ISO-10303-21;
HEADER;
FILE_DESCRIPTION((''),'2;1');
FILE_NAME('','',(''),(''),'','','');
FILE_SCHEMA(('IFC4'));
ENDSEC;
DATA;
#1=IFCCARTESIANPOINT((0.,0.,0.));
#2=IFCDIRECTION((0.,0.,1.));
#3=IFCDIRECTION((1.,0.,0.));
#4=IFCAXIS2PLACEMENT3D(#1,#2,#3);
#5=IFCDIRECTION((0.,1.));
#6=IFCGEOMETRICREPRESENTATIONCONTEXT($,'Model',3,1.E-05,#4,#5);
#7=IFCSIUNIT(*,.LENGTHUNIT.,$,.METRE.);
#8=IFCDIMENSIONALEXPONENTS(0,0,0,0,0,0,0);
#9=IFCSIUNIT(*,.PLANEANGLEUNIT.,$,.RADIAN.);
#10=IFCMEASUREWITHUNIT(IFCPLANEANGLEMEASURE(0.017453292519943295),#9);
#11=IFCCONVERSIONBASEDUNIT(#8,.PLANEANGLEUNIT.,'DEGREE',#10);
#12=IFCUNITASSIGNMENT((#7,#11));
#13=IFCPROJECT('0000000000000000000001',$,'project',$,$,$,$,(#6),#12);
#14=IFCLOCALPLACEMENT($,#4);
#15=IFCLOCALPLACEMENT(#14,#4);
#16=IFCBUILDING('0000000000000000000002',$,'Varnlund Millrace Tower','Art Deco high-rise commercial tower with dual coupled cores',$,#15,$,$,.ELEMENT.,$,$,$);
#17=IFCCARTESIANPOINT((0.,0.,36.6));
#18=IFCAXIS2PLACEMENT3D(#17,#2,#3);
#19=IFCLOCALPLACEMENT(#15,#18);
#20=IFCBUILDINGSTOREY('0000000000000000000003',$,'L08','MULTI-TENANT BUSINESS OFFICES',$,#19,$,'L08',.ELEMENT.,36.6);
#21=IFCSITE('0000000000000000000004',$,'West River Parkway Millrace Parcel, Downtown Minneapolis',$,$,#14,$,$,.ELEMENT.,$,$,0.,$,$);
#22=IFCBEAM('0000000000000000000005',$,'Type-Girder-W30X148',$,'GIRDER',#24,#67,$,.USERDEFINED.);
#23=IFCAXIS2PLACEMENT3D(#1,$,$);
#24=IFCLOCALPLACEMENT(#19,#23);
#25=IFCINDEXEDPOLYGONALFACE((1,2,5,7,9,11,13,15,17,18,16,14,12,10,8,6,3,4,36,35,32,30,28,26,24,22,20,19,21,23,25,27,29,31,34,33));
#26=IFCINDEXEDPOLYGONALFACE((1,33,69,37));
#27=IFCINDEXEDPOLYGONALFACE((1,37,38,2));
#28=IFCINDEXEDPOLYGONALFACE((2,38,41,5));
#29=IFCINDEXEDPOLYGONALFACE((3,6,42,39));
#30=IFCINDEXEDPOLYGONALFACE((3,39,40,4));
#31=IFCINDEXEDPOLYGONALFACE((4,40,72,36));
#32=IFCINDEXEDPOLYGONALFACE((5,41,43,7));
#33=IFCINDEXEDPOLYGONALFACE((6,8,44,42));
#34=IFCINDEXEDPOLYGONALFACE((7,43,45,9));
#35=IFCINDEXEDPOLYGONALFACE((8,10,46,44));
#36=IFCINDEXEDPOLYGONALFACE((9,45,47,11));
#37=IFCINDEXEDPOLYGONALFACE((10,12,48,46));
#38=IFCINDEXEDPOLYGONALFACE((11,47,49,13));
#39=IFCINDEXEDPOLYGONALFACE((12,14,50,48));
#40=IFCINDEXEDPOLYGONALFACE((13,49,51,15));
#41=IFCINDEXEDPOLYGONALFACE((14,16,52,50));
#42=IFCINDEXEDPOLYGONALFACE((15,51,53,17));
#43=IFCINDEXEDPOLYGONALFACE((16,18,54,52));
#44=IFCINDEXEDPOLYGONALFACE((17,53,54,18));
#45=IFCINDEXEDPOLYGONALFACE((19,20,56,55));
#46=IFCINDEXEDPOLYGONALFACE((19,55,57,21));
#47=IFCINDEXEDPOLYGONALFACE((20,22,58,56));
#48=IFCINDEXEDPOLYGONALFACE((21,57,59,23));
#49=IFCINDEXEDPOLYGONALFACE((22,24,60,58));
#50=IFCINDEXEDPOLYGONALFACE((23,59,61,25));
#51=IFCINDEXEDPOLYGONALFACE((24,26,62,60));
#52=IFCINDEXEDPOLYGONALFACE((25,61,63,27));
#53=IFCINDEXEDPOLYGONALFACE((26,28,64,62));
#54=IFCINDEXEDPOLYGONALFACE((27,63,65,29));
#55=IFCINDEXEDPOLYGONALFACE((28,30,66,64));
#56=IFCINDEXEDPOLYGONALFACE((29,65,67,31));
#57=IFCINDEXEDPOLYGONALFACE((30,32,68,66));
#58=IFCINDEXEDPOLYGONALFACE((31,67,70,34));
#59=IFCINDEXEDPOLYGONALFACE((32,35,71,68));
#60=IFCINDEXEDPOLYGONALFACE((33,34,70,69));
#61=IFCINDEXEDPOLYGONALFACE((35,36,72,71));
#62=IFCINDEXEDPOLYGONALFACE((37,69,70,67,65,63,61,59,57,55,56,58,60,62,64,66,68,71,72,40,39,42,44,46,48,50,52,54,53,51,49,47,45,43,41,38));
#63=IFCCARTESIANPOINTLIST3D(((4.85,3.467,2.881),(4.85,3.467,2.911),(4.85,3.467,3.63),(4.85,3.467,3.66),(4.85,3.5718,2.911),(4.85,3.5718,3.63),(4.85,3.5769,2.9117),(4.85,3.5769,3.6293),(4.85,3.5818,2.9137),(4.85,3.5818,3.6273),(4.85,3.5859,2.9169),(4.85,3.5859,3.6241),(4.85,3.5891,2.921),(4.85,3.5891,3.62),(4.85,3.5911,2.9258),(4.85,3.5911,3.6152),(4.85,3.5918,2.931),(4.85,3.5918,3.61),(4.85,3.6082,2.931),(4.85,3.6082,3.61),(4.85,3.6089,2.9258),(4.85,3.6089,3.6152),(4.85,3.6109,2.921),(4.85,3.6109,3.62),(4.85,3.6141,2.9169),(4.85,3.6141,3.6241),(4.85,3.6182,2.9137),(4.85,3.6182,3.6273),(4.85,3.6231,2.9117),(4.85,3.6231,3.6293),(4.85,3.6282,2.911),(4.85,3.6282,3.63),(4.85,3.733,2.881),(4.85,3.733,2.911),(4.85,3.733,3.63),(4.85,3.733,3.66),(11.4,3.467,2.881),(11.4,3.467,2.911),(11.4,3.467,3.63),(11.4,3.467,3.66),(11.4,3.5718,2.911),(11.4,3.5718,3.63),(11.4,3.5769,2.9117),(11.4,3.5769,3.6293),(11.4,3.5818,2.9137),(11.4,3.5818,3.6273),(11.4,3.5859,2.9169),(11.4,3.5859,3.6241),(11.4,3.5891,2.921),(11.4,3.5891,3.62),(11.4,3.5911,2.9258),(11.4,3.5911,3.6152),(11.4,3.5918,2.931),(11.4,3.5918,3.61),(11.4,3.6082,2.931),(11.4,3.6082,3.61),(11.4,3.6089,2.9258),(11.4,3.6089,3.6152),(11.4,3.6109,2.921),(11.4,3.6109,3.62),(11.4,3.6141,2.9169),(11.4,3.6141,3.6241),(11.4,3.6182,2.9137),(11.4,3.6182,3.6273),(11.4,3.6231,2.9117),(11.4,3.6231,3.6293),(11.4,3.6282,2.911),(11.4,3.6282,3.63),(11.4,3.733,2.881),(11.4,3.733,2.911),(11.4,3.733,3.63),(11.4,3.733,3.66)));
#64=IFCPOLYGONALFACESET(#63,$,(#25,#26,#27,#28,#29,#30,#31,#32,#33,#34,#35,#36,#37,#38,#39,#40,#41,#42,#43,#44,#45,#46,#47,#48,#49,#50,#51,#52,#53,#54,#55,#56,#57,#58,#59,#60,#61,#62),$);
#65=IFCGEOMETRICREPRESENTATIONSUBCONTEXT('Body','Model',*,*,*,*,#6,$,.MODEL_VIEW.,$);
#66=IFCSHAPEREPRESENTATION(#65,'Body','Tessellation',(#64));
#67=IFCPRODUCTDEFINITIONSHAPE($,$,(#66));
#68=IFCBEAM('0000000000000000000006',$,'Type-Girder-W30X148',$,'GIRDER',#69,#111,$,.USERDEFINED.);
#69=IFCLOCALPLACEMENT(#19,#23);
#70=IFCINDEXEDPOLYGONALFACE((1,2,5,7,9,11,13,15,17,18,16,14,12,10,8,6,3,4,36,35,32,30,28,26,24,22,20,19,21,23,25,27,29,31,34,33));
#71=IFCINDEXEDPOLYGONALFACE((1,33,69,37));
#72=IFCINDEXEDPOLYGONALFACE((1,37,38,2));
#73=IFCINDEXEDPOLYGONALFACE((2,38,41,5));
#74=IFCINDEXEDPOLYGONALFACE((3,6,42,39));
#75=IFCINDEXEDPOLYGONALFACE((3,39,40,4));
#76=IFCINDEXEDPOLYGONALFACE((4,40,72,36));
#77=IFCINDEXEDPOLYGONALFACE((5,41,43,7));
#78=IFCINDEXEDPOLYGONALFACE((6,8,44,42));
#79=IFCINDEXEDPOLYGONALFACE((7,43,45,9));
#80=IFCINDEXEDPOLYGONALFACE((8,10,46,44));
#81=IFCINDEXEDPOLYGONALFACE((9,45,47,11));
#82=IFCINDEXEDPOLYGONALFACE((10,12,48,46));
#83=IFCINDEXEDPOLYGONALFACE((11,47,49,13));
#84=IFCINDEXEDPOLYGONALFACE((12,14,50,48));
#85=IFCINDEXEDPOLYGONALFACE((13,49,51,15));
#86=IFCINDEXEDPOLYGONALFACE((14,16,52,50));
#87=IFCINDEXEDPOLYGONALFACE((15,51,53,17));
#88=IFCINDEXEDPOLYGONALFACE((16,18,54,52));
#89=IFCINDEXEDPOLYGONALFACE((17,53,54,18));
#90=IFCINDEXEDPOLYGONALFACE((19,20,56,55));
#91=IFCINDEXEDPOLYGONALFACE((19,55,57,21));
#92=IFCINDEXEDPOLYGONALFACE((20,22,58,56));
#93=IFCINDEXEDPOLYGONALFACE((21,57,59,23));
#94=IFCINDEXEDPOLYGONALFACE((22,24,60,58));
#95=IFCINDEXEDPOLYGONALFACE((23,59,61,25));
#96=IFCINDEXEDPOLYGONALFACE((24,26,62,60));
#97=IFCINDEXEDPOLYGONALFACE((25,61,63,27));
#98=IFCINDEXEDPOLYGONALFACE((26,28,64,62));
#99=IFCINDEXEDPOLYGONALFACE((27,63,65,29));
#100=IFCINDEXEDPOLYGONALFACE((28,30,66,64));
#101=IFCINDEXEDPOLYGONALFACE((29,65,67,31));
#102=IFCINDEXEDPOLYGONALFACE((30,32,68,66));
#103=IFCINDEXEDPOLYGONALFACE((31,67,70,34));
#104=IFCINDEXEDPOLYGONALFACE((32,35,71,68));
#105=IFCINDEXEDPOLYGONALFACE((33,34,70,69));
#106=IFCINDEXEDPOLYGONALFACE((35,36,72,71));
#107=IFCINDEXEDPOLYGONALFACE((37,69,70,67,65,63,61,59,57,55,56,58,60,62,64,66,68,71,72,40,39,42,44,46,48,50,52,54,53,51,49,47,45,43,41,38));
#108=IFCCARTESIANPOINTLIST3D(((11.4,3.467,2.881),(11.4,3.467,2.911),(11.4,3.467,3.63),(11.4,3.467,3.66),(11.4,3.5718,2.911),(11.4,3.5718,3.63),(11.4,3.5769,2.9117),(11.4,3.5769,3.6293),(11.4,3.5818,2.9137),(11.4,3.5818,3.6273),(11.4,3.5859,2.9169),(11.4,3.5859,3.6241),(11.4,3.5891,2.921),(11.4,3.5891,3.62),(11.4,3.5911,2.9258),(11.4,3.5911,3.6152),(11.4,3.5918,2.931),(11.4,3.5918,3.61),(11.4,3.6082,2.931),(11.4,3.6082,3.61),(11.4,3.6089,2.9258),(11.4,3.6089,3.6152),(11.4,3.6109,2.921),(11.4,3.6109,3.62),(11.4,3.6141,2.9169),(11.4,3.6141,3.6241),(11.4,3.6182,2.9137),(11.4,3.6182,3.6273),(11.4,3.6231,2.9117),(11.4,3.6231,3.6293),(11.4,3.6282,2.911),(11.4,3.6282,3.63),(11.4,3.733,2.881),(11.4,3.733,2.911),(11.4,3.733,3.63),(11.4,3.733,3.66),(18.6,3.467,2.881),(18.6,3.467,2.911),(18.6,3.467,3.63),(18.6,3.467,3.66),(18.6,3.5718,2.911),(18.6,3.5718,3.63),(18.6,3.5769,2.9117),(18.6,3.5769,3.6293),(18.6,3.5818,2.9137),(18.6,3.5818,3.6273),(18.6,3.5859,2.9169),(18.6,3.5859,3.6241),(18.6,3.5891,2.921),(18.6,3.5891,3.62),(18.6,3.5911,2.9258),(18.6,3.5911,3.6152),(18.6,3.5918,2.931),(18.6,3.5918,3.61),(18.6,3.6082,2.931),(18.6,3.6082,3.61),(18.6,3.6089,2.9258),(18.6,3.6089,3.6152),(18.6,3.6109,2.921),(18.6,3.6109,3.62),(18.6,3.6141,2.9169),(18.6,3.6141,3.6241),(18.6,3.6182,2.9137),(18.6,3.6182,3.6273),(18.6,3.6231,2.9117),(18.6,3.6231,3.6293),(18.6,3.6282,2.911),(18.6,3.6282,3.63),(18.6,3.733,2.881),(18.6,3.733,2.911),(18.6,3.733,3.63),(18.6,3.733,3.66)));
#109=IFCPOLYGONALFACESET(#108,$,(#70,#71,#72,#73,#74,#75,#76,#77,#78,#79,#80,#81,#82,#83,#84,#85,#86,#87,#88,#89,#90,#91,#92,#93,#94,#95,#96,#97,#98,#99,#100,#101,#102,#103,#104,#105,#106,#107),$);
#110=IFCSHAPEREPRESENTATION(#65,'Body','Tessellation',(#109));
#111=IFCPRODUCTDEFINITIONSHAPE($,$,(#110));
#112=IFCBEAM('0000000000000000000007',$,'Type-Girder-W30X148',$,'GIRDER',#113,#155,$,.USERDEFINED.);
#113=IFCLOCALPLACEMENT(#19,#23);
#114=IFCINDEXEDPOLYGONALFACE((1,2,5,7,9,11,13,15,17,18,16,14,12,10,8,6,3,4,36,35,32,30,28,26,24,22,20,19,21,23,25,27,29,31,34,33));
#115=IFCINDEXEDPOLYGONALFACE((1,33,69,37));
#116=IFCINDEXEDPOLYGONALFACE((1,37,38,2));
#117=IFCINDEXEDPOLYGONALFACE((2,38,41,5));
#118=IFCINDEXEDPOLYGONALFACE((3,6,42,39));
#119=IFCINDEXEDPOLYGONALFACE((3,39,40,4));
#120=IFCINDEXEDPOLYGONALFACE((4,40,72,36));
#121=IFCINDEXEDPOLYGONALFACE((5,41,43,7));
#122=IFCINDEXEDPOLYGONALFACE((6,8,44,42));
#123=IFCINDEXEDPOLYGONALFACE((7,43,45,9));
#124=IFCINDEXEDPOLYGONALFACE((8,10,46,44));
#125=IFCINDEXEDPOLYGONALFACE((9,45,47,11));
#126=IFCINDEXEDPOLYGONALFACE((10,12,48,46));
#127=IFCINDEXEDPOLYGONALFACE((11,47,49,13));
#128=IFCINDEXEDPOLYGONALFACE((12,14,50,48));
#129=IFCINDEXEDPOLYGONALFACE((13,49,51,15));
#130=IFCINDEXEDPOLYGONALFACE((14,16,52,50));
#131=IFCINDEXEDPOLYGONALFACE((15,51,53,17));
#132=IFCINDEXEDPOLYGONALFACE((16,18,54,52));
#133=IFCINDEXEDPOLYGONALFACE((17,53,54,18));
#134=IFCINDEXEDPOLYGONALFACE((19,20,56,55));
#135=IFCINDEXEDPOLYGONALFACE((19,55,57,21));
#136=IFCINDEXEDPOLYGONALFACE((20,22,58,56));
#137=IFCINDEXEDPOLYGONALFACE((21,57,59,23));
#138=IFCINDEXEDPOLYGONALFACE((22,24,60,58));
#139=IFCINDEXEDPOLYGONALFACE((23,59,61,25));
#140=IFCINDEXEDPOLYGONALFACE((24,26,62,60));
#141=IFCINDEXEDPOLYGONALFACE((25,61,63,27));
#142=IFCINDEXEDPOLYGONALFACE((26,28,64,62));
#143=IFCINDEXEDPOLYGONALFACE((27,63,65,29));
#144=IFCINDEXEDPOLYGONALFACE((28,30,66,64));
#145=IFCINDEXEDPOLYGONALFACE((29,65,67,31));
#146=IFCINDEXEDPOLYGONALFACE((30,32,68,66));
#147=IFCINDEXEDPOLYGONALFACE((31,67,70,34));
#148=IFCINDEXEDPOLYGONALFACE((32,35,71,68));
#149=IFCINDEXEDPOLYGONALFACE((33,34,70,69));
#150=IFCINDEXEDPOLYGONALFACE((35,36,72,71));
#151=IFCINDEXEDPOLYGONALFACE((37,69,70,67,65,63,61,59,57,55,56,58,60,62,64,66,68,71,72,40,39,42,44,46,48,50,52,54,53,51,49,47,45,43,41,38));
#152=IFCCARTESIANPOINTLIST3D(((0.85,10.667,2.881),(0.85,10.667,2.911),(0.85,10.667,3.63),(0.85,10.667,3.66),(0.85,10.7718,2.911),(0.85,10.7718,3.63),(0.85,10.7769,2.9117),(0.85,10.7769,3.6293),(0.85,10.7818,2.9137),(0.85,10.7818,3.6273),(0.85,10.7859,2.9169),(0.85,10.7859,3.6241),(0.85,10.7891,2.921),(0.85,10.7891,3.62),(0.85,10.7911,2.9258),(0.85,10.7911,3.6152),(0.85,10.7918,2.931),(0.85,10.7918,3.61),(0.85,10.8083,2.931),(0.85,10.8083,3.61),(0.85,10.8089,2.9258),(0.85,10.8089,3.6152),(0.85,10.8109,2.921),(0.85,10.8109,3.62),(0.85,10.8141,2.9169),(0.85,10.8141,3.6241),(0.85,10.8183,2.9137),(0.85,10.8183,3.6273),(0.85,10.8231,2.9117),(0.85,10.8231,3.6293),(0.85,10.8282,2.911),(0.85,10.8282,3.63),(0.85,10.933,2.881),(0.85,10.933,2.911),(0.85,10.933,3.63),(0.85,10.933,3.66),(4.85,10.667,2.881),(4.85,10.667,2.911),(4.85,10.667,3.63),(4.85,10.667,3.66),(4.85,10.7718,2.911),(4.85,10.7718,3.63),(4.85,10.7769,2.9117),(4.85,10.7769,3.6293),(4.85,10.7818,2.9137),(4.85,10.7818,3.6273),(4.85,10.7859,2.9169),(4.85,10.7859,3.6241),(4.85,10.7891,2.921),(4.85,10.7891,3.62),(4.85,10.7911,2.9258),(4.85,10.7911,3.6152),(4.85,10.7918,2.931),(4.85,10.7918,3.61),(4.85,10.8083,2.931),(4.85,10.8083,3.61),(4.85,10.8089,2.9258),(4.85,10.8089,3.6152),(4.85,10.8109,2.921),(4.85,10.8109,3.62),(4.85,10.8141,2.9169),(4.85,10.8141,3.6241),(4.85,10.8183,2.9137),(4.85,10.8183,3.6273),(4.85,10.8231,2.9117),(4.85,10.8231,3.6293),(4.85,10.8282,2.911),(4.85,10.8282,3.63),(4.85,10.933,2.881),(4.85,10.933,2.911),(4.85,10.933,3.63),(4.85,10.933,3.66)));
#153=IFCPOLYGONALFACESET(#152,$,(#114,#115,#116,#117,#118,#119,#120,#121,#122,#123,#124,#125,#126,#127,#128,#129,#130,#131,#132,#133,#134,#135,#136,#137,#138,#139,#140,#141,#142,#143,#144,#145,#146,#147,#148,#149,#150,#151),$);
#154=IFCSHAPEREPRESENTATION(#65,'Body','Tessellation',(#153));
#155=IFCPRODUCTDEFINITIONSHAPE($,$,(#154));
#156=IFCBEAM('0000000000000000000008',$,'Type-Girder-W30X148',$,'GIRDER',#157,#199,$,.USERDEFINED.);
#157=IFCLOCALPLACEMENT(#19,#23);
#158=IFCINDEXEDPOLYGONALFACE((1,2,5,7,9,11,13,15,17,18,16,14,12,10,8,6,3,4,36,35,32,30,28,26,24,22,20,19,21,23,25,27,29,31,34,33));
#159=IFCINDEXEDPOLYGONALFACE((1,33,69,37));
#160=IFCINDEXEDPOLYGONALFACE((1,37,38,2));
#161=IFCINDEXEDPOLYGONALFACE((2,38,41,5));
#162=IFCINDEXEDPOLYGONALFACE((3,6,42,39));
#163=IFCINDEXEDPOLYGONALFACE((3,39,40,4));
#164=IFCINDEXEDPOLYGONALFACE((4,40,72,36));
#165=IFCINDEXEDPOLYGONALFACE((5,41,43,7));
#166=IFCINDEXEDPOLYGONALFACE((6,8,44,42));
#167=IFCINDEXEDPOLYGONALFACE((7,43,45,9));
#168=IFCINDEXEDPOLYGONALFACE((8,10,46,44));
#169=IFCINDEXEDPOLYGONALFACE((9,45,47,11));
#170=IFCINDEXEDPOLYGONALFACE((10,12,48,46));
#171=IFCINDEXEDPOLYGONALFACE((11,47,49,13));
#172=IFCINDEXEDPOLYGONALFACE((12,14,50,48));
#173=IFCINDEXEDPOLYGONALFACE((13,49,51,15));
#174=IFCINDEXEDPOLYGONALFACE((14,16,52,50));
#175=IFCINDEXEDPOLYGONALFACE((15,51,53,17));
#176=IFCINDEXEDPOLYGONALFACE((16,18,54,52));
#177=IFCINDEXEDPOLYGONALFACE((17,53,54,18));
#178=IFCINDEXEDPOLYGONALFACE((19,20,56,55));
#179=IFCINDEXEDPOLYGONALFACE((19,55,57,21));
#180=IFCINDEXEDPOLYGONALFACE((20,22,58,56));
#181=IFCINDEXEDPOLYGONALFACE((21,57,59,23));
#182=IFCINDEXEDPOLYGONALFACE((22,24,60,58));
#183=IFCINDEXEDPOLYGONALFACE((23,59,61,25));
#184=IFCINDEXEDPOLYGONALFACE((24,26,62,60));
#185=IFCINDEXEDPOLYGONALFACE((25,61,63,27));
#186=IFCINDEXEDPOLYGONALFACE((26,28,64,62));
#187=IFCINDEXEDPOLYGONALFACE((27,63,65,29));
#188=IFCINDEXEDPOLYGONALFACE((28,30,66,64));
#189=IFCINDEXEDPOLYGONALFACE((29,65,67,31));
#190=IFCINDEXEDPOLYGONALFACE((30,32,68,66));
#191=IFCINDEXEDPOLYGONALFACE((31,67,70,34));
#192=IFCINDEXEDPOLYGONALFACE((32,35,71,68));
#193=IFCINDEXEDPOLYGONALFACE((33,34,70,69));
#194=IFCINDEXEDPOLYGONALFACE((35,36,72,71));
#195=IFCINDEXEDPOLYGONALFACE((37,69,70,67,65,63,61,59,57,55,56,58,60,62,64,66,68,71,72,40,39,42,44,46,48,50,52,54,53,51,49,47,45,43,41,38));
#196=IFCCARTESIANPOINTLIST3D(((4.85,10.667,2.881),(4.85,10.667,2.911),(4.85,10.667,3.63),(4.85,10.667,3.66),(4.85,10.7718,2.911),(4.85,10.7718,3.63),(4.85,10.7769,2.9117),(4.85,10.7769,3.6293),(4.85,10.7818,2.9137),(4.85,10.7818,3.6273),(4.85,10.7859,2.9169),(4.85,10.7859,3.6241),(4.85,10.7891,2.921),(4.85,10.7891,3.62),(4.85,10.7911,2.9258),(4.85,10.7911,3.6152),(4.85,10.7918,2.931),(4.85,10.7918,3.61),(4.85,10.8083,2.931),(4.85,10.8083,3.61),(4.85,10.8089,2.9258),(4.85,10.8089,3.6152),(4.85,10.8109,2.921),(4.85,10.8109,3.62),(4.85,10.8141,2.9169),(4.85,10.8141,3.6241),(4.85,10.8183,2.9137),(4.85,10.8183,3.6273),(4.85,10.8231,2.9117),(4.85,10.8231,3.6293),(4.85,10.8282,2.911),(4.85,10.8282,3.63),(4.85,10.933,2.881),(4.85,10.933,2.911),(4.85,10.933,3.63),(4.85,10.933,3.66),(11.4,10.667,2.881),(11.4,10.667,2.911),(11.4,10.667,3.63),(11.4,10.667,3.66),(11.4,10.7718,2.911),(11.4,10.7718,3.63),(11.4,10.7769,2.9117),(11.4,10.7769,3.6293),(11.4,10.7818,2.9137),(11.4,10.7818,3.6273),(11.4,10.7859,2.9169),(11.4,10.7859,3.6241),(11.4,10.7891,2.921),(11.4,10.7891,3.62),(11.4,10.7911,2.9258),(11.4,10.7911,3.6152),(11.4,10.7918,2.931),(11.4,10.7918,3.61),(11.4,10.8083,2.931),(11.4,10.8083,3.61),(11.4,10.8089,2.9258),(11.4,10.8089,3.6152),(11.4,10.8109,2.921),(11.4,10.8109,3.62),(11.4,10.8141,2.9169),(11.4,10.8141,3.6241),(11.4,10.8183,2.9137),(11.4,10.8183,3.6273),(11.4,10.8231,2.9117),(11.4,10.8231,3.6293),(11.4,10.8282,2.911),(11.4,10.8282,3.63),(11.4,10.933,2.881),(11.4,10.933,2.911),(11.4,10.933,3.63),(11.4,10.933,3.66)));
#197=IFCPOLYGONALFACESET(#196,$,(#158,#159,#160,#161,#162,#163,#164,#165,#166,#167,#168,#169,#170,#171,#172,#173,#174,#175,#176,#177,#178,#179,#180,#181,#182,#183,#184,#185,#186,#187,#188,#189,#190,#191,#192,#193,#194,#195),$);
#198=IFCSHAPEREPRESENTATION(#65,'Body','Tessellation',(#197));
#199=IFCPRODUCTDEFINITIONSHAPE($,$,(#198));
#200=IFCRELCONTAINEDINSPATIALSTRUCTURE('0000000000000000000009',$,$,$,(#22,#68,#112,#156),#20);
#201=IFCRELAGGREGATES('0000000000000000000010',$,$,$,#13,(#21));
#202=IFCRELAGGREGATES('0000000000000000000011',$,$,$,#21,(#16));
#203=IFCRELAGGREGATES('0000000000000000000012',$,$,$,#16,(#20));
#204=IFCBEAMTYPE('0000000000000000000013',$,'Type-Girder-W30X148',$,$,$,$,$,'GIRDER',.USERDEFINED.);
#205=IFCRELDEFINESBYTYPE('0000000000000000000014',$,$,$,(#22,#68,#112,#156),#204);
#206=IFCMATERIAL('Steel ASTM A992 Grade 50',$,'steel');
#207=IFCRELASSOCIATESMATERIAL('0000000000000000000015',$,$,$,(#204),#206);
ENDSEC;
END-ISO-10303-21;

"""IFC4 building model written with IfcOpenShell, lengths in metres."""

from ifc_helpers import new_model, entity, si_unit, converted_unit, direction, frame, origin_with_axes, origin_2d_with_axis, place, context, subcontext, project, spatial, i_section, extrude, material, material_profile, profile_set, type_object, element, save


model = new_model("IFC4")

# Units and contexts
model_context = context("Model", 3, precision=1e-05, world=origin_with_axes(), true_north=direction((0.0, 1.0)))
body_context = subcontext(model_context, "Body", "Model", "MODEL_VIEW")
ifc_project = project(units=[si_unit("LENGTHUNIT", "METRE"), converted_unit("PLANEANGLEUNIT", "DEGREE", entity("IfcPlaneAngleMeasure", 0.017453292519943295), si_unit("PLANEANGLEUNIT", "RADIAN"), dimensions=[0, 0, 0, 0, 0, 0, 0])], contexts=[model_context])

# Site, building, storey
site_placement = place(None, origin_with_axes())
site = spatial("IfcSite", under=ifc_project, at=site_placement, Name="West River Parkway Millrace Parcel, Downtown Minneapolis", CompositionType="ELEMENT", RefElevation=0.0)
building_placement = place(site_placement, origin_with_axes())
building = spatial("IfcBuilding", under=site, at=building_placement, Name="Varnlund Millrace Tower", Description="Art Deco high-rise commercial tower with dual coupled cores", CompositionType="ELEMENT")
storey_placement = place(building_placement, frame((0.0, 0.0, 36.6), z_axis=(0.0, 0.0, 1.0), x_axis=(1.0, 0.0, 0.0)))
storey = spatial("IfcBuildingStorey", under=building, at=storey_placement, Name="L08", Description="MULTI-TENANT BUSINESS OFFICES", LongName="L08", CompositionType="ELEMENT", Elevation=36.6)

# Beams
ifc_material_1 = material(Name="Steel ASTM A992 Grade 50", Category="steel")
ifc_material_profile_1 = material_profile(ifc_material_1, i_section(OverallWidth=0.266, OverallDepth=0.779, WebThickness=0.0165, FlangeThickness=0.03, FilletRadius=0.02, at=origin_2d_with_axis()), Name="Steel ASTM A992 Grade 50")
ifc_profile_set_1 = profile_set([ifc_material_profile_1], Name="Steel ASTM A992 Grade 50")
beam_type_1 = type_object("IfcBeamType", Name="Type-Girder-W30X148", ElementType="GIRDER", PredefinedType="USERDEFINED", material=ifc_profile_set_1)
beam_1_placement = place(storey_placement, frame((4.85, 3.6, 3.2705), z_axis=(1.0, 0.0, 0.0), x_axis=(0.0, 1.0, 0.0)))
element("IfcBeam", 1, at=beam_1_placement, inside=storey, type_object=beam_type_1, Name="Type-Girder-W30X148", ObjectType="GIRDER", PredefinedType="USERDEFINED", context=body_context, shape_type="SweptSolid", body=[
    extrude(i_section(OverallWidth=0.266, OverallDepth=0.779, WebThickness=0.0165, FlangeThickness=0.03, FilletRadius=0.02, at=origin_2d_with_axis()), origin_with_axes(), (0.0, 0.0, 1.0), 6.55),
])
beam_2_placement = place(storey_placement, frame((11.4, 3.6, 3.2705), z_axis=(1.0, 0.0, 0.0), x_axis=(0.0, 1.0, 0.0)))
element("IfcBeam", 2, at=beam_2_placement, inside=storey, type_object=beam_type_1, Name="Type-Girder-W30X148", ObjectType="GIRDER", PredefinedType="USERDEFINED", context=body_context, shape_type="SweptSolid", body=[
    extrude(i_section(OverallWidth=0.266, OverallDepth=0.779, WebThickness=0.0165, FlangeThickness=0.03, FilletRadius=0.02, at=origin_2d_with_axis()), origin_with_axes(), (0.0, 0.0, 1.0), 7.2),
])
beam_3_placement = place(storey_placement, frame((0.85, 10.8, 3.2705), z_axis=(1.0, 0.0, 0.0), x_axis=(0.0, 1.0, 0.0)))
element("IfcBeam", 3, at=beam_3_placement, inside=storey, type_object=beam_type_1, Name="Type-Girder-W30X148", ObjectType="GIRDER", PredefinedType="USERDEFINED", context=body_context, shape_type="SweptSolid", body=[
    extrude(i_section(OverallWidth=0.266, OverallDepth=0.779, WebThickness=0.0165, FlangeThickness=0.03, FilletRadius=0.02, at=origin_2d_with_axis()), origin_with_axes(), (0.0, 0.0, 1.0), 4.0),
])
beam_4_placement = place(storey_placement, frame((4.85, 10.8, 3.2705), z_axis=(1.0, 0.0, 0.0), x_axis=(0.0, 1.0, 0.0)))
element("IfcBeam", 4, at=beam_4_placement, inside=storey, type_object=beam_type_1, Name="Type-Girder-W30X148", ObjectType="GIRDER", PredefinedType="USERDEFINED", context=body_context, shape_type="SweptSolid", body=[
    extrude(i_section(OverallWidth=0.266, OverallDepth=0.779, WebThickness=0.0165, FlangeThickness=0.03, FilletRadius=0.02, at=origin_2d_with_axis()), origin_with_axes(), (0.0, 0.0, 1.0), 6.55),
])

save(model, "model.ifc")
